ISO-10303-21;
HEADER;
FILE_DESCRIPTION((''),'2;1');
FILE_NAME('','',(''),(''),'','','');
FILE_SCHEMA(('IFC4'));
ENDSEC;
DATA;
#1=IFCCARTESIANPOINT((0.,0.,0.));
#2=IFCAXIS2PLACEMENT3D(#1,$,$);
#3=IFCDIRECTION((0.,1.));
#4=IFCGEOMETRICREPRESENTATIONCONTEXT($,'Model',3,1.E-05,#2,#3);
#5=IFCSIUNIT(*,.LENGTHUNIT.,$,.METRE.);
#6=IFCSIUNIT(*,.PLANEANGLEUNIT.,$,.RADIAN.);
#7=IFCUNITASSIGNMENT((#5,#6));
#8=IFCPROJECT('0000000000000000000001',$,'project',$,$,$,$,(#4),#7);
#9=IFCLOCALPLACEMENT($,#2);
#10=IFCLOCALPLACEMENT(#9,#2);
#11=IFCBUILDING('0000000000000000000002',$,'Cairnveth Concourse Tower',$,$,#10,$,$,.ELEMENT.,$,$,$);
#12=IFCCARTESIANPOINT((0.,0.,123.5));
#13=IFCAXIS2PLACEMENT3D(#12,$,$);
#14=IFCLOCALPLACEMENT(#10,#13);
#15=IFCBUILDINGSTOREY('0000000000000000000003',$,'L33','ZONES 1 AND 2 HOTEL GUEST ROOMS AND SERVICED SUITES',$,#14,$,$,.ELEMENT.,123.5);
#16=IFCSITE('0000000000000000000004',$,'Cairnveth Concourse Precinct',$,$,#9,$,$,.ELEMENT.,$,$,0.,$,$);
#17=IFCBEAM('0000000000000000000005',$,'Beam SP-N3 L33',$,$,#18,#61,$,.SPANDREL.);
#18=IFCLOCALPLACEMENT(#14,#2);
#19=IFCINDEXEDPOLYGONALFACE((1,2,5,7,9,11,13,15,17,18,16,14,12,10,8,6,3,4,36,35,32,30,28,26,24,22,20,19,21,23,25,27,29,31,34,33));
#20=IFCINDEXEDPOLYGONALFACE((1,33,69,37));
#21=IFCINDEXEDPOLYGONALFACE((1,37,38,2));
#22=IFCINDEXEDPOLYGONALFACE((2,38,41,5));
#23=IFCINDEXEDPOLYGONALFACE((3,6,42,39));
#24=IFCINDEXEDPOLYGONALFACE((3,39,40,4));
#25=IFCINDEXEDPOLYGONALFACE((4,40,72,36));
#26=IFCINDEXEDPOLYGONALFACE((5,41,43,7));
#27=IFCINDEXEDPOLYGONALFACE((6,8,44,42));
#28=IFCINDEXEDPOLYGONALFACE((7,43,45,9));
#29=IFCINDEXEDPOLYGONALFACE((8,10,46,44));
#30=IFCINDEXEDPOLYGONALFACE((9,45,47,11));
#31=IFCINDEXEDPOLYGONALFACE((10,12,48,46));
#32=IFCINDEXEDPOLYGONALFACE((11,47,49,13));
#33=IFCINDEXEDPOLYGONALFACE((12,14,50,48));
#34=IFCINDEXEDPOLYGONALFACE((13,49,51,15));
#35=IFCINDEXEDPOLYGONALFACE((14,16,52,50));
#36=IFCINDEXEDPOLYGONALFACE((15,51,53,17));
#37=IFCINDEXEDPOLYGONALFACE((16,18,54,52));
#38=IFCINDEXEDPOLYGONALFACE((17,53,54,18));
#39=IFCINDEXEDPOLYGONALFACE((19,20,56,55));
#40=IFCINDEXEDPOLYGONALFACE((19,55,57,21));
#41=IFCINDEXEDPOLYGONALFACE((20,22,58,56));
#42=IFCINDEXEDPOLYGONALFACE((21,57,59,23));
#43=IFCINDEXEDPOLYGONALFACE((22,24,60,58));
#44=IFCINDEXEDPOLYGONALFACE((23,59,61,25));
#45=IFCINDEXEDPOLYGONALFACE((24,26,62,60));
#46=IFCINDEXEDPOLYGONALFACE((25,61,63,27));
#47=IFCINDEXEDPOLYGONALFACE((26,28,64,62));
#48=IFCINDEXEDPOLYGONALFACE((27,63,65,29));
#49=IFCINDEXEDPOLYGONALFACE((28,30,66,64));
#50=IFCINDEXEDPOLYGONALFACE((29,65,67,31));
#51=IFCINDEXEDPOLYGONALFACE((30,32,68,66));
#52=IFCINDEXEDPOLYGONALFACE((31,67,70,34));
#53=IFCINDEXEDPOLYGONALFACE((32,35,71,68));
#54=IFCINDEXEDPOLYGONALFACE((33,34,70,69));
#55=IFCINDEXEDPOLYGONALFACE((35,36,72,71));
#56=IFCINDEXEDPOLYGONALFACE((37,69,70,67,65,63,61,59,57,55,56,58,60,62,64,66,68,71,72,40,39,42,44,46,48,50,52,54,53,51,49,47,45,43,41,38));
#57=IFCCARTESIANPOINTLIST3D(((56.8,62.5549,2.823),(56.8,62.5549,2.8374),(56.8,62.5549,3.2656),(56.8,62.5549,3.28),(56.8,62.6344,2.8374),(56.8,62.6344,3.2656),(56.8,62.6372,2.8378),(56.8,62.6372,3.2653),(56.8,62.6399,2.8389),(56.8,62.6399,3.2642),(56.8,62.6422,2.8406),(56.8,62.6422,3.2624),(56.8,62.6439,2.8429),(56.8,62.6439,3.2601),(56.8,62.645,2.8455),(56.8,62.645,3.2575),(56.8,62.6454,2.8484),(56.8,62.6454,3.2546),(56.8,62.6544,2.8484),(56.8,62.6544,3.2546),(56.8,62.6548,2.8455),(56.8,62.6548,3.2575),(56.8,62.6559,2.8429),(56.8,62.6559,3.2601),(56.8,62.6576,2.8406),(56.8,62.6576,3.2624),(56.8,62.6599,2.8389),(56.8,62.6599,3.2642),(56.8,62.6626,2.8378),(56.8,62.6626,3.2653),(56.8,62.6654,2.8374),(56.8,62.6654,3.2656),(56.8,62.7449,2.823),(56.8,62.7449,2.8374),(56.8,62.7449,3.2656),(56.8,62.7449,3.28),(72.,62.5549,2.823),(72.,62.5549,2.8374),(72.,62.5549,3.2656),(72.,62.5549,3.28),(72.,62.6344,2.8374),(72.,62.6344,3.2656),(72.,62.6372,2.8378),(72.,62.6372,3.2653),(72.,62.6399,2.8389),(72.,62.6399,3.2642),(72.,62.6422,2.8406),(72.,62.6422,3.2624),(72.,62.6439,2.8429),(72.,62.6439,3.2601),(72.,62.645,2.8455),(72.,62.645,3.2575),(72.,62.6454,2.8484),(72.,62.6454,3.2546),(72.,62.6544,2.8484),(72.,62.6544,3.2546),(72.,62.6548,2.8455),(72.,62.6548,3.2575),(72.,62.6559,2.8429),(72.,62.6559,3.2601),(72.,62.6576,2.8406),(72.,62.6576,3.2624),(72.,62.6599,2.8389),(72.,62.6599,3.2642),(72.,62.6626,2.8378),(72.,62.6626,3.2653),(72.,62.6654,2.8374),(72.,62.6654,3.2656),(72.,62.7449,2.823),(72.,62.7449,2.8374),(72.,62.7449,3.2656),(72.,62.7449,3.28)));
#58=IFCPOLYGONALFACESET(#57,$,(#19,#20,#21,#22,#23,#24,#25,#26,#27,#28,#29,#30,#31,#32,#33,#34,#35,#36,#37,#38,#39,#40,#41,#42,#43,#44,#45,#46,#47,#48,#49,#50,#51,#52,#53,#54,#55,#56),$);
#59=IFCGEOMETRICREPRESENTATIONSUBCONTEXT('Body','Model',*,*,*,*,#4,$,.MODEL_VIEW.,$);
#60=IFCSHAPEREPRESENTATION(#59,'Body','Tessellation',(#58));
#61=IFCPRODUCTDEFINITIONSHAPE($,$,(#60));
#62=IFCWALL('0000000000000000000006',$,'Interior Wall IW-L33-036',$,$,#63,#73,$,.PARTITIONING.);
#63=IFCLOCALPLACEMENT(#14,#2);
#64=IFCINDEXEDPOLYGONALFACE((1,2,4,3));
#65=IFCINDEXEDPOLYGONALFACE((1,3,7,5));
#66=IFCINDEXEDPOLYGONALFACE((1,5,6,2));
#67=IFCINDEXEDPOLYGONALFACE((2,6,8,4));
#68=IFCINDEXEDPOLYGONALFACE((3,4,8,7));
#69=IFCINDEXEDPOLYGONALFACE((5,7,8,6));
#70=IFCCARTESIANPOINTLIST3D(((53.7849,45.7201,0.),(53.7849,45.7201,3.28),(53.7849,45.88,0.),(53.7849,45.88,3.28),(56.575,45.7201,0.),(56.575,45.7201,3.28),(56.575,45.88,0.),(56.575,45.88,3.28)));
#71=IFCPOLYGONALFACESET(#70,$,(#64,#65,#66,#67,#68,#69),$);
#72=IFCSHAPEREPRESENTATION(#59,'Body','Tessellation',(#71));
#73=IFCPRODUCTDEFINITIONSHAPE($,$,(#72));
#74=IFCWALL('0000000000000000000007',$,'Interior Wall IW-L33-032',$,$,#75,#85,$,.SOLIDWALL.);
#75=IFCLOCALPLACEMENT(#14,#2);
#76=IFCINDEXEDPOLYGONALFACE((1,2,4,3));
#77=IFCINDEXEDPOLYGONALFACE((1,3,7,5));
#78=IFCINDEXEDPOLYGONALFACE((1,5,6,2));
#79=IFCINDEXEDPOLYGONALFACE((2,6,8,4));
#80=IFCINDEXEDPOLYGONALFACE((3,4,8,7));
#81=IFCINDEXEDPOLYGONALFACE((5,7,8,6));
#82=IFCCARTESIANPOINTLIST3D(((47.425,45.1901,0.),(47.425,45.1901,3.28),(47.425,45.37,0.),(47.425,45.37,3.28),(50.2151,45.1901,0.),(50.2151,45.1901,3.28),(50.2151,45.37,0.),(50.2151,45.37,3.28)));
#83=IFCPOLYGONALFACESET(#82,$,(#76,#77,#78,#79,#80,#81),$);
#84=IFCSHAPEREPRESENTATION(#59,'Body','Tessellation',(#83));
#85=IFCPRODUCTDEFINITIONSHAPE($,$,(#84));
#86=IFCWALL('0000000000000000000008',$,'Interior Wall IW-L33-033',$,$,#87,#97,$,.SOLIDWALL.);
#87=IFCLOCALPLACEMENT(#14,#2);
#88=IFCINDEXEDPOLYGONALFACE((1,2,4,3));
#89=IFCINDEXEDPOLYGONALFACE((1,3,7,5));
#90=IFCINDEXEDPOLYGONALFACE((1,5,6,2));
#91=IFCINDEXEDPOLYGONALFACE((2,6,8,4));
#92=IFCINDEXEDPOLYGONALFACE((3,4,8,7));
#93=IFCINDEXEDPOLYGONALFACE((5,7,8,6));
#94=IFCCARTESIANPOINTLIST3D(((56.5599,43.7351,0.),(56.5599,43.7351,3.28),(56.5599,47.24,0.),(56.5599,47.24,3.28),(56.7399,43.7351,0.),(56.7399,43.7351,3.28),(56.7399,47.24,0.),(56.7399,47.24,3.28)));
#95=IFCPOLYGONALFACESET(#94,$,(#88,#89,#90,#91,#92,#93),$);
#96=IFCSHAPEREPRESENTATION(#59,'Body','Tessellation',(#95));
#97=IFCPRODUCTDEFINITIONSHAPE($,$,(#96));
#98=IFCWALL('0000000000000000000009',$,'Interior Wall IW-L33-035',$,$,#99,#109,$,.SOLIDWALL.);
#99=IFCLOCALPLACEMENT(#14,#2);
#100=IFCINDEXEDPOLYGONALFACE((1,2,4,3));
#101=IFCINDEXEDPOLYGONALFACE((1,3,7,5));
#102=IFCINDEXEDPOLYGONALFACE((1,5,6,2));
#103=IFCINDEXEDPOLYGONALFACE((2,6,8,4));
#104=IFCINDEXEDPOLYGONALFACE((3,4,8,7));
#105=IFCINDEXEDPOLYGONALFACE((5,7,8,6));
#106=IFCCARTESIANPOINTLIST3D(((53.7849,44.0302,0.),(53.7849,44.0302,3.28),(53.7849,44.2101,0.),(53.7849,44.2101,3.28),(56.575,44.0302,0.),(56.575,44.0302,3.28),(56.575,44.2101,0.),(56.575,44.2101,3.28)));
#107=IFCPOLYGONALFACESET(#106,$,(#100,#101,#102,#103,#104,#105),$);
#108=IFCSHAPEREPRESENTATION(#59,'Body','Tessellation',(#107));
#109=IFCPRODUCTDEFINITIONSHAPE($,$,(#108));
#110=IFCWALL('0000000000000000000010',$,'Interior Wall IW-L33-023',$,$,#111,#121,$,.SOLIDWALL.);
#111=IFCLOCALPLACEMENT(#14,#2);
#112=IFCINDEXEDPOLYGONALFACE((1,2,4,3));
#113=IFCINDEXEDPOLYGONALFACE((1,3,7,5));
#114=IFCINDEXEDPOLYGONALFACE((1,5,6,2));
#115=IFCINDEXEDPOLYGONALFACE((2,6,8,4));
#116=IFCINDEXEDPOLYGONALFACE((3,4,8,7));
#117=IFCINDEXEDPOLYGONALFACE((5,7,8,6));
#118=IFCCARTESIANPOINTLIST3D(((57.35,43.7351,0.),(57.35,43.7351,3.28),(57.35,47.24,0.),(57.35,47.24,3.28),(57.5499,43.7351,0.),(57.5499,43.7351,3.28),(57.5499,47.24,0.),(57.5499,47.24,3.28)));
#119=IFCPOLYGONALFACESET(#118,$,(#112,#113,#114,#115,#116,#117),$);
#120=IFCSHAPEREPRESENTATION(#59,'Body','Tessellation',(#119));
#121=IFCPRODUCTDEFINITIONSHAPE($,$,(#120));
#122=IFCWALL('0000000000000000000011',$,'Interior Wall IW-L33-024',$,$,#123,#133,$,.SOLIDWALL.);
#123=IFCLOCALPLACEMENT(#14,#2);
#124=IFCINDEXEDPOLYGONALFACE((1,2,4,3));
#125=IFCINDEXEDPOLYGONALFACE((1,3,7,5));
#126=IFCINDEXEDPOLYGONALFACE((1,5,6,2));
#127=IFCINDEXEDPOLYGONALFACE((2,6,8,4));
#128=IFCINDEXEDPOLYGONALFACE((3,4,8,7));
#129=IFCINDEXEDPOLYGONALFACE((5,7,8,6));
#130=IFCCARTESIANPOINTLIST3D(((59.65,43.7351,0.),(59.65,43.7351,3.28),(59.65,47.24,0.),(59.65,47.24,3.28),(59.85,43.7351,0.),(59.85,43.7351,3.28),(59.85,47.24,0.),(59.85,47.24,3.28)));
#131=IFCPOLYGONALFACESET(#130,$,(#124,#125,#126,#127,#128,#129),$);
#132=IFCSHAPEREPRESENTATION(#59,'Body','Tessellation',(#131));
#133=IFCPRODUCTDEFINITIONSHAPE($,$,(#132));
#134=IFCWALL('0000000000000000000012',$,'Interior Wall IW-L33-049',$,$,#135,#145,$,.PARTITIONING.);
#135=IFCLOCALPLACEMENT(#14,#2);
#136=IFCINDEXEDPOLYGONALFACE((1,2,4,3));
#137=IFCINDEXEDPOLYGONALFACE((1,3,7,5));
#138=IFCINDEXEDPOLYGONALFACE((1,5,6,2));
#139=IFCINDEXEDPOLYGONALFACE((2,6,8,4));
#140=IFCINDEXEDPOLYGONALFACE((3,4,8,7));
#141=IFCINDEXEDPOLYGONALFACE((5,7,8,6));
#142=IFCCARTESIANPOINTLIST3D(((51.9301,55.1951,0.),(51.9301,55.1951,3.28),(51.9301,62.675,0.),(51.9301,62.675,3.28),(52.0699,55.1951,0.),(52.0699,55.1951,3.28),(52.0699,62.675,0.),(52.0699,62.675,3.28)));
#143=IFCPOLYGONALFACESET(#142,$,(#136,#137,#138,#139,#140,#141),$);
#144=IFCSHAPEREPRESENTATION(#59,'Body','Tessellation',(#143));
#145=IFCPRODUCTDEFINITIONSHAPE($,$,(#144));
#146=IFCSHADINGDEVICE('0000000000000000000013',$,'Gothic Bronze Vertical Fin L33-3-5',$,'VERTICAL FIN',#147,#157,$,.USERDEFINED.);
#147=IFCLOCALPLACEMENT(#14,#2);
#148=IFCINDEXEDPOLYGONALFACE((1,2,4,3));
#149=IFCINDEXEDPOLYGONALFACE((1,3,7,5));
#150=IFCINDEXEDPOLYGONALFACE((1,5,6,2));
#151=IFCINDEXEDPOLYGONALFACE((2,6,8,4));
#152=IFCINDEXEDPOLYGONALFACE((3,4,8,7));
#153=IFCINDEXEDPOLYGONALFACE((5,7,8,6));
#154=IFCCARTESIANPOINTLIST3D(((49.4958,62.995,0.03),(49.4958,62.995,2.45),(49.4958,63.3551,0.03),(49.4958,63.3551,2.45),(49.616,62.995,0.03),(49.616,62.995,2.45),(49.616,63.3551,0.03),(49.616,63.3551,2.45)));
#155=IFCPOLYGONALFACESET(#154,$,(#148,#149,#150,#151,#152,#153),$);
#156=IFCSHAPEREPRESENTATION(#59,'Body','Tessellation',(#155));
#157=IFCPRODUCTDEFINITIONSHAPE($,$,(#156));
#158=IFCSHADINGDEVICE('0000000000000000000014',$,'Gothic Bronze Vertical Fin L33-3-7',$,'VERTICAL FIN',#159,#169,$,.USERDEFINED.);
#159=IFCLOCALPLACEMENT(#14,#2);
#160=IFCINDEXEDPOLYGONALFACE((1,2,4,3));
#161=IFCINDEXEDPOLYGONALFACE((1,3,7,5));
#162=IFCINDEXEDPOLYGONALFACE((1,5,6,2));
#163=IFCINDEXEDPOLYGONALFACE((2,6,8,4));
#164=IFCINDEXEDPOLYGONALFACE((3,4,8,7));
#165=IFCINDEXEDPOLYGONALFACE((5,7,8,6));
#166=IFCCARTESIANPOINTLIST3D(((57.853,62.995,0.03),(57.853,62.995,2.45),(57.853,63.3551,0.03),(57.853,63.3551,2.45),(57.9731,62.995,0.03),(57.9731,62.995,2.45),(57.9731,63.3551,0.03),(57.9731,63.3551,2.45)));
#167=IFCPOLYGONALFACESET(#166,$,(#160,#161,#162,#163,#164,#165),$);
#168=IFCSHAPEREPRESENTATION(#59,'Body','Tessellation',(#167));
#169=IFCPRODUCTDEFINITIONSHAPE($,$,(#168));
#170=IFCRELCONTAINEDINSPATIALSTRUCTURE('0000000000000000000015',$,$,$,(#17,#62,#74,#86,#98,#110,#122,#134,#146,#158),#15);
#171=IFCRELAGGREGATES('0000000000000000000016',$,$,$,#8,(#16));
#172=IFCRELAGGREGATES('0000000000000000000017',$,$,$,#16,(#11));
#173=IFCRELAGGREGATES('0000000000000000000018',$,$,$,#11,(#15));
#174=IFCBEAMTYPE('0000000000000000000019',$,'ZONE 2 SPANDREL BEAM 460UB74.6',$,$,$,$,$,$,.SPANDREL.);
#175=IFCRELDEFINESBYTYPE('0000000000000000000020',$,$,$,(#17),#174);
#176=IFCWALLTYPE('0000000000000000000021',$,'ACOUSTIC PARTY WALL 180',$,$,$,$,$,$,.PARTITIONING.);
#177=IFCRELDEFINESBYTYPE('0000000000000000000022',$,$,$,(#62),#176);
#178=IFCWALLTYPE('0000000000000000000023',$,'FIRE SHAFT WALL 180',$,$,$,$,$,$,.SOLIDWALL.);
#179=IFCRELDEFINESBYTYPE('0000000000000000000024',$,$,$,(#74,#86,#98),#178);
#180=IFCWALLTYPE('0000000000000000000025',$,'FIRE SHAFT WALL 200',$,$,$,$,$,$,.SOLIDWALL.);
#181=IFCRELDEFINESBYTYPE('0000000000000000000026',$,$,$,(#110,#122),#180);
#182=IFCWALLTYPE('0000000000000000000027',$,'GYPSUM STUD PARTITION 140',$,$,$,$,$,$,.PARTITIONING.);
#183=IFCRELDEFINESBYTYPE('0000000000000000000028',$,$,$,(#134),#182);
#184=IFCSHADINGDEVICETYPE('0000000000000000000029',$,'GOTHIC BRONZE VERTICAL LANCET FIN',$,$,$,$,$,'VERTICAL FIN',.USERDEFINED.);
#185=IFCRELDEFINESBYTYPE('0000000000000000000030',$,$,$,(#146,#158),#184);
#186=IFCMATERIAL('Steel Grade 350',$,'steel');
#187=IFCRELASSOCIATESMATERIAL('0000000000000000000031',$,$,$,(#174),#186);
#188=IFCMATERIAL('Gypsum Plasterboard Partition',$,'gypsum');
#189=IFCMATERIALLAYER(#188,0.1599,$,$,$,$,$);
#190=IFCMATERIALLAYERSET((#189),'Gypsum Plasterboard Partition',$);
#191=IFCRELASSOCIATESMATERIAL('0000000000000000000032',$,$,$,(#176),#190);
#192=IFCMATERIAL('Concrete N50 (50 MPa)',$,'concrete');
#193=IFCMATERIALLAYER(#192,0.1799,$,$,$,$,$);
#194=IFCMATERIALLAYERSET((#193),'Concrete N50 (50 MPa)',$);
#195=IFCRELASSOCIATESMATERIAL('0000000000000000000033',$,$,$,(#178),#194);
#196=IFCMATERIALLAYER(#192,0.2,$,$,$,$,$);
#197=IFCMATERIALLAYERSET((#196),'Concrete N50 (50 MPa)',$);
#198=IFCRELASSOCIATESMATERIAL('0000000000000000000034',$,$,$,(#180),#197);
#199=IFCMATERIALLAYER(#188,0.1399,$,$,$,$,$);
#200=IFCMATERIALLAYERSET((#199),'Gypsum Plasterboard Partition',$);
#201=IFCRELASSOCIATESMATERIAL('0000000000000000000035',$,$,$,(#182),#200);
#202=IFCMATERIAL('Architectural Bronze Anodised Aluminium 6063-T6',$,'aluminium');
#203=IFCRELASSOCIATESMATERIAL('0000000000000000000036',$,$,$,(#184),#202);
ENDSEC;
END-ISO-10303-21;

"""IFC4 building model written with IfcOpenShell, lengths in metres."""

from ifc_helpers import new_model, si_unit, direction, frame, frame_2d, origin, origin_2d, place, context, subcontext, project, spatial, rectangle, i_section, extrude, material, layer, layer_set, material_profile, profile_set, type_object, element, save


model = new_model("IFC4")

# Units and contexts
model_context = context("Model", 3, precision=1e-05, world=origin(), true_north=direction((0.0, 1.0)))
body_context = subcontext(model_context, "Body", "Model", "MODEL_VIEW")
ifc_project = project(units=[si_unit("LENGTHUNIT", "METRE"), si_unit("PLANEANGLEUNIT", "RADIAN")], contexts=[model_context])

# Site, building, storey
site_placement = place(None, origin())
site = spatial("IfcSite", under=ifc_project, at=site_placement, Name="Cairnveth Concourse Precinct", CompositionType="ELEMENT", RefElevation=0.0)
building_placement = place(site_placement, origin())
building = spatial("IfcBuilding", under=site, at=building_placement, Name="Cairnveth Concourse Tower", CompositionType="ELEMENT")
storey_placement = place(building_placement, frame((0.0, 0.0, 123.5)))
storey = spatial("IfcBuildingStorey", under=building, at=storey_placement, Name="L33", Description="ZONES 1 AND 2 HOTEL GUEST ROOMS AND SERVICED SUITES", CompositionType="ELEMENT", Elevation=123.5)

# Beam
ifc_material_1 = material(Name="Steel Grade 350", Category="steel")
ifc_material_profile_1 = material_profile(ifc_material_1, i_section(OverallWidth=0.1899, OverallDepth=0.457, WebThickness=0.009, FlangeThickness=0.0144, FilletRadius=0.011, at=origin_2d()), Name="460UB74.6")
ifc_profile_set_1 = profile_set([ifc_material_profile_1], Name="Steel Grade 350")
beam_type_1 = type_object("IfcBeamType", Name="ZONE 2 SPANDREL BEAM 460UB74.6", PredefinedType="SPANDREL", material=ifc_profile_set_1)
beam_1_placement = place(storey_placement, frame((56.8, 62.6499, 3.0515), z_axis=(1.0, 0.0, 0.0), x_axis=(0.0, 1.0, 0.0)))
element("IfcBeam", 1, at=beam_1_placement, inside=storey, type_object=beam_type_1, Name="Beam SP-N3 L33", PredefinedType="SPANDREL", context=body_context, shape_type="SweptSolid", body=[
    extrude(i_section(OverallWidth=0.1899, OverallDepth=0.457, WebThickness=0.009, FlangeThickness=0.0144, FilletRadius=0.011, at=origin_2d()), origin(), (0.0, 0.0, 1.0), 15.2),
])

# Walls
ifc_material_2 = material(Name="Gypsum Plasterboard Partition", Category="gypsum")
ifc_layer_1 = layer(ifc_material_2, 0.1599)
ifc_layer_set_1 = layer_set([ifc_layer_1], Name="Gypsum Plasterboard Partition")
wall_type_1 = type_object("IfcWallType", Name="ACOUSTIC PARTY WALL 180", PredefinedType="PARTITIONING", material=ifc_layer_set_1)
wall_1_placement = place(storey_placement, frame((53.7849, 45.8, 0.0), z_axis=(0.0, 0.0, 1.0), x_axis=(1.0, 0.0, 0.0)))
element("IfcWall", 2, at=wall_1_placement, inside=storey, type_object=wall_type_1, Name="Interior Wall IW-L33-036", PredefinedType="PARTITIONING", context=body_context, shape_type="SweptSolid", body=[
    extrude(rectangle(XDim=2.79, YDim=0.1599, at=frame_2d((1.395, 0.0))), origin(), (0.0, 0.0, 1.0), 3.28),
])
ifc_material_3 = material(Name="Concrete N50 (50 MPa)", Category="concrete")
ifc_layer_2 = layer(ifc_material_3, 0.1799)
ifc_layer_set_2 = layer_set([ifc_layer_2], Name="Concrete N50 (50 MPa)")
wall_type_2 = type_object("IfcWallType", Name="FIRE SHAFT WALL 180", PredefinedType="SOLIDWALL", material=ifc_layer_set_2)
wall_2_placement = place(storey_placement, frame((47.425, 45.28, 0.0), z_axis=(0.0, 0.0, 1.0), x_axis=(1.0, 0.0, 0.0)))
element("IfcWall", 3, at=wall_2_placement, inside=storey, type_object=wall_type_2, Name="Interior Wall IW-L33-032", PredefinedType="SOLIDWALL", context=body_context, shape_type="SweptSolid", body=[
    extrude(rectangle(XDim=2.79, YDim=0.1799, at=frame_2d((1.395, 0.0))), origin(), (0.0, 0.0, 1.0), 3.28),
])
wall_3_placement = place(storey_placement, frame((56.6499, 43.7351, 0.0), z_axis=(0.0, 0.0, 1.0), x_axis=(0.0, 1.0, 0.0)))
element("IfcWall", 4, at=wall_3_placement, inside=storey, type_object=wall_type_2, Name="Interior Wall IW-L33-033", PredefinedType="SOLIDWALL", context=body_context, shape_type="SweptSolid", body=[
    extrude(rectangle(XDim=3.5049, YDim=0.1799, at=frame_2d((1.7524, 0.0))), origin(), (0.0, 0.0, 1.0), 3.28),
])
wall_4_placement = place(storey_placement, frame((53.7849, 44.1201, 0.0), z_axis=(0.0, 0.0, 1.0), x_axis=(1.0, 0.0, 0.0)))
element("IfcWall", 5, at=wall_4_placement, inside=storey, type_object=wall_type_2, Name="Interior Wall IW-L33-035", PredefinedType="SOLIDWALL", context=body_context, shape_type="SweptSolid", body=[
    extrude(rectangle(XDim=2.79, YDim=0.1799, at=frame_2d((1.395, 0.0))), origin(), (0.0, 0.0, 1.0), 3.28),
])
ifc_layer_3 = layer(ifc_material_3, 0.2)
ifc_layer_set_3 = layer_set([ifc_layer_3], Name="Concrete N50 (50 MPa)")
wall_type_3 = type_object("IfcWallType", Name="FIRE SHAFT WALL 200", PredefinedType="SOLIDWALL", material=ifc_layer_set_3)
for number, where, z_axis, x_axis, name in (
    (6, (57.45, 43.7351, 0.0), (0.0, 0.0, 1.0), (0.0, 1.0, 0.0), "Interior Wall IW-L33-023"),
    (7, (59.75, 43.7351, 0.0), (0.0, 0.0, 1.0), (0.0, 1.0, 0.0), "Interior Wall IW-L33-024"),
):
    element("IfcWall", number, at=place(storey_placement, frame(where, z_axis=z_axis, x_axis=x_axis)), inside=storey, type_object=wall_type_3, Name=name, PredefinedType="SOLIDWALL", context=body_context, shape_type="SweptSolid", body=[
        extrude(rectangle(XDim=3.5049, YDim=0.2, at=frame_2d((1.7524, 0.0))), origin(), (0.0, 0.0, 1.0), 3.28),
    ])
ifc_layer_4 = layer(ifc_material_2, 0.1399)
ifc_layer_set_4 = layer_set([ifc_layer_4], Name="Gypsum Plasterboard Partition")
wall_type_4 = type_object("IfcWallType", Name="GYPSUM STUD PARTITION 140", PredefinedType="PARTITIONING", material=ifc_layer_set_4)
wall_5_placement = place(storey_placement, frame((52.0, 55.1951, 0.0), z_axis=(0.0, 0.0, 1.0), x_axis=(0.0, 1.0, 0.0)))
element("IfcWall", 8, at=wall_5_placement, inside=storey, type_object=wall_type_4, Name="Interior Wall IW-L33-049", PredefinedType="PARTITIONING", context=body_context, shape_type="SweptSolid", body=[
    extrude(rectangle(XDim=7.48, YDim=0.1399, at=frame_2d((3.74, 0.0))), origin(), (0.0, 0.0, 1.0), 3.28),
])

# Shading devices
ifc_material_4 = material(Name="Architectural Bronze Anodised Aluminium 6063-T6", Category="aluminium")
shading_device_type = type_object("IfcShadingDeviceType", Name="GOTHIC BRONZE VERTICAL LANCET FIN", ElementType="VERTICAL FIN", PredefinedType="USERDEFINED", material=ifc_material_4)
for number, where, z_axis, x_axis, name in (
    (9, (49.5559, 63.175, 0.03), (0.0, 0.0, 1.0), (1.0, 0.0, 0.0), "Gothic Bronze Vertical Fin L33-3-5"),
    (10, (57.9131, 63.175, 0.03), (0.0, 0.0, 1.0), (1.0, 0.0, 0.0), "Gothic Bronze Vertical Fin L33-3-7"),
):
    element("IfcShadingDevice", number, at=place(storey_placement, frame(where, z_axis=z_axis, x_axis=x_axis)), inside=storey, type_object=shading_device_type, Name=name, ObjectType="VERTICAL FIN", PredefinedType="USERDEFINED", context=body_context, shape_type="SweptSolid", body=[
        extrude(rectangle(XDim=0.1201, YDim=0.3601, at=origin_2d()), origin(), (0.0, 0.0, 1.0), 2.4199),
    ])

save(model, "model.ifc")
